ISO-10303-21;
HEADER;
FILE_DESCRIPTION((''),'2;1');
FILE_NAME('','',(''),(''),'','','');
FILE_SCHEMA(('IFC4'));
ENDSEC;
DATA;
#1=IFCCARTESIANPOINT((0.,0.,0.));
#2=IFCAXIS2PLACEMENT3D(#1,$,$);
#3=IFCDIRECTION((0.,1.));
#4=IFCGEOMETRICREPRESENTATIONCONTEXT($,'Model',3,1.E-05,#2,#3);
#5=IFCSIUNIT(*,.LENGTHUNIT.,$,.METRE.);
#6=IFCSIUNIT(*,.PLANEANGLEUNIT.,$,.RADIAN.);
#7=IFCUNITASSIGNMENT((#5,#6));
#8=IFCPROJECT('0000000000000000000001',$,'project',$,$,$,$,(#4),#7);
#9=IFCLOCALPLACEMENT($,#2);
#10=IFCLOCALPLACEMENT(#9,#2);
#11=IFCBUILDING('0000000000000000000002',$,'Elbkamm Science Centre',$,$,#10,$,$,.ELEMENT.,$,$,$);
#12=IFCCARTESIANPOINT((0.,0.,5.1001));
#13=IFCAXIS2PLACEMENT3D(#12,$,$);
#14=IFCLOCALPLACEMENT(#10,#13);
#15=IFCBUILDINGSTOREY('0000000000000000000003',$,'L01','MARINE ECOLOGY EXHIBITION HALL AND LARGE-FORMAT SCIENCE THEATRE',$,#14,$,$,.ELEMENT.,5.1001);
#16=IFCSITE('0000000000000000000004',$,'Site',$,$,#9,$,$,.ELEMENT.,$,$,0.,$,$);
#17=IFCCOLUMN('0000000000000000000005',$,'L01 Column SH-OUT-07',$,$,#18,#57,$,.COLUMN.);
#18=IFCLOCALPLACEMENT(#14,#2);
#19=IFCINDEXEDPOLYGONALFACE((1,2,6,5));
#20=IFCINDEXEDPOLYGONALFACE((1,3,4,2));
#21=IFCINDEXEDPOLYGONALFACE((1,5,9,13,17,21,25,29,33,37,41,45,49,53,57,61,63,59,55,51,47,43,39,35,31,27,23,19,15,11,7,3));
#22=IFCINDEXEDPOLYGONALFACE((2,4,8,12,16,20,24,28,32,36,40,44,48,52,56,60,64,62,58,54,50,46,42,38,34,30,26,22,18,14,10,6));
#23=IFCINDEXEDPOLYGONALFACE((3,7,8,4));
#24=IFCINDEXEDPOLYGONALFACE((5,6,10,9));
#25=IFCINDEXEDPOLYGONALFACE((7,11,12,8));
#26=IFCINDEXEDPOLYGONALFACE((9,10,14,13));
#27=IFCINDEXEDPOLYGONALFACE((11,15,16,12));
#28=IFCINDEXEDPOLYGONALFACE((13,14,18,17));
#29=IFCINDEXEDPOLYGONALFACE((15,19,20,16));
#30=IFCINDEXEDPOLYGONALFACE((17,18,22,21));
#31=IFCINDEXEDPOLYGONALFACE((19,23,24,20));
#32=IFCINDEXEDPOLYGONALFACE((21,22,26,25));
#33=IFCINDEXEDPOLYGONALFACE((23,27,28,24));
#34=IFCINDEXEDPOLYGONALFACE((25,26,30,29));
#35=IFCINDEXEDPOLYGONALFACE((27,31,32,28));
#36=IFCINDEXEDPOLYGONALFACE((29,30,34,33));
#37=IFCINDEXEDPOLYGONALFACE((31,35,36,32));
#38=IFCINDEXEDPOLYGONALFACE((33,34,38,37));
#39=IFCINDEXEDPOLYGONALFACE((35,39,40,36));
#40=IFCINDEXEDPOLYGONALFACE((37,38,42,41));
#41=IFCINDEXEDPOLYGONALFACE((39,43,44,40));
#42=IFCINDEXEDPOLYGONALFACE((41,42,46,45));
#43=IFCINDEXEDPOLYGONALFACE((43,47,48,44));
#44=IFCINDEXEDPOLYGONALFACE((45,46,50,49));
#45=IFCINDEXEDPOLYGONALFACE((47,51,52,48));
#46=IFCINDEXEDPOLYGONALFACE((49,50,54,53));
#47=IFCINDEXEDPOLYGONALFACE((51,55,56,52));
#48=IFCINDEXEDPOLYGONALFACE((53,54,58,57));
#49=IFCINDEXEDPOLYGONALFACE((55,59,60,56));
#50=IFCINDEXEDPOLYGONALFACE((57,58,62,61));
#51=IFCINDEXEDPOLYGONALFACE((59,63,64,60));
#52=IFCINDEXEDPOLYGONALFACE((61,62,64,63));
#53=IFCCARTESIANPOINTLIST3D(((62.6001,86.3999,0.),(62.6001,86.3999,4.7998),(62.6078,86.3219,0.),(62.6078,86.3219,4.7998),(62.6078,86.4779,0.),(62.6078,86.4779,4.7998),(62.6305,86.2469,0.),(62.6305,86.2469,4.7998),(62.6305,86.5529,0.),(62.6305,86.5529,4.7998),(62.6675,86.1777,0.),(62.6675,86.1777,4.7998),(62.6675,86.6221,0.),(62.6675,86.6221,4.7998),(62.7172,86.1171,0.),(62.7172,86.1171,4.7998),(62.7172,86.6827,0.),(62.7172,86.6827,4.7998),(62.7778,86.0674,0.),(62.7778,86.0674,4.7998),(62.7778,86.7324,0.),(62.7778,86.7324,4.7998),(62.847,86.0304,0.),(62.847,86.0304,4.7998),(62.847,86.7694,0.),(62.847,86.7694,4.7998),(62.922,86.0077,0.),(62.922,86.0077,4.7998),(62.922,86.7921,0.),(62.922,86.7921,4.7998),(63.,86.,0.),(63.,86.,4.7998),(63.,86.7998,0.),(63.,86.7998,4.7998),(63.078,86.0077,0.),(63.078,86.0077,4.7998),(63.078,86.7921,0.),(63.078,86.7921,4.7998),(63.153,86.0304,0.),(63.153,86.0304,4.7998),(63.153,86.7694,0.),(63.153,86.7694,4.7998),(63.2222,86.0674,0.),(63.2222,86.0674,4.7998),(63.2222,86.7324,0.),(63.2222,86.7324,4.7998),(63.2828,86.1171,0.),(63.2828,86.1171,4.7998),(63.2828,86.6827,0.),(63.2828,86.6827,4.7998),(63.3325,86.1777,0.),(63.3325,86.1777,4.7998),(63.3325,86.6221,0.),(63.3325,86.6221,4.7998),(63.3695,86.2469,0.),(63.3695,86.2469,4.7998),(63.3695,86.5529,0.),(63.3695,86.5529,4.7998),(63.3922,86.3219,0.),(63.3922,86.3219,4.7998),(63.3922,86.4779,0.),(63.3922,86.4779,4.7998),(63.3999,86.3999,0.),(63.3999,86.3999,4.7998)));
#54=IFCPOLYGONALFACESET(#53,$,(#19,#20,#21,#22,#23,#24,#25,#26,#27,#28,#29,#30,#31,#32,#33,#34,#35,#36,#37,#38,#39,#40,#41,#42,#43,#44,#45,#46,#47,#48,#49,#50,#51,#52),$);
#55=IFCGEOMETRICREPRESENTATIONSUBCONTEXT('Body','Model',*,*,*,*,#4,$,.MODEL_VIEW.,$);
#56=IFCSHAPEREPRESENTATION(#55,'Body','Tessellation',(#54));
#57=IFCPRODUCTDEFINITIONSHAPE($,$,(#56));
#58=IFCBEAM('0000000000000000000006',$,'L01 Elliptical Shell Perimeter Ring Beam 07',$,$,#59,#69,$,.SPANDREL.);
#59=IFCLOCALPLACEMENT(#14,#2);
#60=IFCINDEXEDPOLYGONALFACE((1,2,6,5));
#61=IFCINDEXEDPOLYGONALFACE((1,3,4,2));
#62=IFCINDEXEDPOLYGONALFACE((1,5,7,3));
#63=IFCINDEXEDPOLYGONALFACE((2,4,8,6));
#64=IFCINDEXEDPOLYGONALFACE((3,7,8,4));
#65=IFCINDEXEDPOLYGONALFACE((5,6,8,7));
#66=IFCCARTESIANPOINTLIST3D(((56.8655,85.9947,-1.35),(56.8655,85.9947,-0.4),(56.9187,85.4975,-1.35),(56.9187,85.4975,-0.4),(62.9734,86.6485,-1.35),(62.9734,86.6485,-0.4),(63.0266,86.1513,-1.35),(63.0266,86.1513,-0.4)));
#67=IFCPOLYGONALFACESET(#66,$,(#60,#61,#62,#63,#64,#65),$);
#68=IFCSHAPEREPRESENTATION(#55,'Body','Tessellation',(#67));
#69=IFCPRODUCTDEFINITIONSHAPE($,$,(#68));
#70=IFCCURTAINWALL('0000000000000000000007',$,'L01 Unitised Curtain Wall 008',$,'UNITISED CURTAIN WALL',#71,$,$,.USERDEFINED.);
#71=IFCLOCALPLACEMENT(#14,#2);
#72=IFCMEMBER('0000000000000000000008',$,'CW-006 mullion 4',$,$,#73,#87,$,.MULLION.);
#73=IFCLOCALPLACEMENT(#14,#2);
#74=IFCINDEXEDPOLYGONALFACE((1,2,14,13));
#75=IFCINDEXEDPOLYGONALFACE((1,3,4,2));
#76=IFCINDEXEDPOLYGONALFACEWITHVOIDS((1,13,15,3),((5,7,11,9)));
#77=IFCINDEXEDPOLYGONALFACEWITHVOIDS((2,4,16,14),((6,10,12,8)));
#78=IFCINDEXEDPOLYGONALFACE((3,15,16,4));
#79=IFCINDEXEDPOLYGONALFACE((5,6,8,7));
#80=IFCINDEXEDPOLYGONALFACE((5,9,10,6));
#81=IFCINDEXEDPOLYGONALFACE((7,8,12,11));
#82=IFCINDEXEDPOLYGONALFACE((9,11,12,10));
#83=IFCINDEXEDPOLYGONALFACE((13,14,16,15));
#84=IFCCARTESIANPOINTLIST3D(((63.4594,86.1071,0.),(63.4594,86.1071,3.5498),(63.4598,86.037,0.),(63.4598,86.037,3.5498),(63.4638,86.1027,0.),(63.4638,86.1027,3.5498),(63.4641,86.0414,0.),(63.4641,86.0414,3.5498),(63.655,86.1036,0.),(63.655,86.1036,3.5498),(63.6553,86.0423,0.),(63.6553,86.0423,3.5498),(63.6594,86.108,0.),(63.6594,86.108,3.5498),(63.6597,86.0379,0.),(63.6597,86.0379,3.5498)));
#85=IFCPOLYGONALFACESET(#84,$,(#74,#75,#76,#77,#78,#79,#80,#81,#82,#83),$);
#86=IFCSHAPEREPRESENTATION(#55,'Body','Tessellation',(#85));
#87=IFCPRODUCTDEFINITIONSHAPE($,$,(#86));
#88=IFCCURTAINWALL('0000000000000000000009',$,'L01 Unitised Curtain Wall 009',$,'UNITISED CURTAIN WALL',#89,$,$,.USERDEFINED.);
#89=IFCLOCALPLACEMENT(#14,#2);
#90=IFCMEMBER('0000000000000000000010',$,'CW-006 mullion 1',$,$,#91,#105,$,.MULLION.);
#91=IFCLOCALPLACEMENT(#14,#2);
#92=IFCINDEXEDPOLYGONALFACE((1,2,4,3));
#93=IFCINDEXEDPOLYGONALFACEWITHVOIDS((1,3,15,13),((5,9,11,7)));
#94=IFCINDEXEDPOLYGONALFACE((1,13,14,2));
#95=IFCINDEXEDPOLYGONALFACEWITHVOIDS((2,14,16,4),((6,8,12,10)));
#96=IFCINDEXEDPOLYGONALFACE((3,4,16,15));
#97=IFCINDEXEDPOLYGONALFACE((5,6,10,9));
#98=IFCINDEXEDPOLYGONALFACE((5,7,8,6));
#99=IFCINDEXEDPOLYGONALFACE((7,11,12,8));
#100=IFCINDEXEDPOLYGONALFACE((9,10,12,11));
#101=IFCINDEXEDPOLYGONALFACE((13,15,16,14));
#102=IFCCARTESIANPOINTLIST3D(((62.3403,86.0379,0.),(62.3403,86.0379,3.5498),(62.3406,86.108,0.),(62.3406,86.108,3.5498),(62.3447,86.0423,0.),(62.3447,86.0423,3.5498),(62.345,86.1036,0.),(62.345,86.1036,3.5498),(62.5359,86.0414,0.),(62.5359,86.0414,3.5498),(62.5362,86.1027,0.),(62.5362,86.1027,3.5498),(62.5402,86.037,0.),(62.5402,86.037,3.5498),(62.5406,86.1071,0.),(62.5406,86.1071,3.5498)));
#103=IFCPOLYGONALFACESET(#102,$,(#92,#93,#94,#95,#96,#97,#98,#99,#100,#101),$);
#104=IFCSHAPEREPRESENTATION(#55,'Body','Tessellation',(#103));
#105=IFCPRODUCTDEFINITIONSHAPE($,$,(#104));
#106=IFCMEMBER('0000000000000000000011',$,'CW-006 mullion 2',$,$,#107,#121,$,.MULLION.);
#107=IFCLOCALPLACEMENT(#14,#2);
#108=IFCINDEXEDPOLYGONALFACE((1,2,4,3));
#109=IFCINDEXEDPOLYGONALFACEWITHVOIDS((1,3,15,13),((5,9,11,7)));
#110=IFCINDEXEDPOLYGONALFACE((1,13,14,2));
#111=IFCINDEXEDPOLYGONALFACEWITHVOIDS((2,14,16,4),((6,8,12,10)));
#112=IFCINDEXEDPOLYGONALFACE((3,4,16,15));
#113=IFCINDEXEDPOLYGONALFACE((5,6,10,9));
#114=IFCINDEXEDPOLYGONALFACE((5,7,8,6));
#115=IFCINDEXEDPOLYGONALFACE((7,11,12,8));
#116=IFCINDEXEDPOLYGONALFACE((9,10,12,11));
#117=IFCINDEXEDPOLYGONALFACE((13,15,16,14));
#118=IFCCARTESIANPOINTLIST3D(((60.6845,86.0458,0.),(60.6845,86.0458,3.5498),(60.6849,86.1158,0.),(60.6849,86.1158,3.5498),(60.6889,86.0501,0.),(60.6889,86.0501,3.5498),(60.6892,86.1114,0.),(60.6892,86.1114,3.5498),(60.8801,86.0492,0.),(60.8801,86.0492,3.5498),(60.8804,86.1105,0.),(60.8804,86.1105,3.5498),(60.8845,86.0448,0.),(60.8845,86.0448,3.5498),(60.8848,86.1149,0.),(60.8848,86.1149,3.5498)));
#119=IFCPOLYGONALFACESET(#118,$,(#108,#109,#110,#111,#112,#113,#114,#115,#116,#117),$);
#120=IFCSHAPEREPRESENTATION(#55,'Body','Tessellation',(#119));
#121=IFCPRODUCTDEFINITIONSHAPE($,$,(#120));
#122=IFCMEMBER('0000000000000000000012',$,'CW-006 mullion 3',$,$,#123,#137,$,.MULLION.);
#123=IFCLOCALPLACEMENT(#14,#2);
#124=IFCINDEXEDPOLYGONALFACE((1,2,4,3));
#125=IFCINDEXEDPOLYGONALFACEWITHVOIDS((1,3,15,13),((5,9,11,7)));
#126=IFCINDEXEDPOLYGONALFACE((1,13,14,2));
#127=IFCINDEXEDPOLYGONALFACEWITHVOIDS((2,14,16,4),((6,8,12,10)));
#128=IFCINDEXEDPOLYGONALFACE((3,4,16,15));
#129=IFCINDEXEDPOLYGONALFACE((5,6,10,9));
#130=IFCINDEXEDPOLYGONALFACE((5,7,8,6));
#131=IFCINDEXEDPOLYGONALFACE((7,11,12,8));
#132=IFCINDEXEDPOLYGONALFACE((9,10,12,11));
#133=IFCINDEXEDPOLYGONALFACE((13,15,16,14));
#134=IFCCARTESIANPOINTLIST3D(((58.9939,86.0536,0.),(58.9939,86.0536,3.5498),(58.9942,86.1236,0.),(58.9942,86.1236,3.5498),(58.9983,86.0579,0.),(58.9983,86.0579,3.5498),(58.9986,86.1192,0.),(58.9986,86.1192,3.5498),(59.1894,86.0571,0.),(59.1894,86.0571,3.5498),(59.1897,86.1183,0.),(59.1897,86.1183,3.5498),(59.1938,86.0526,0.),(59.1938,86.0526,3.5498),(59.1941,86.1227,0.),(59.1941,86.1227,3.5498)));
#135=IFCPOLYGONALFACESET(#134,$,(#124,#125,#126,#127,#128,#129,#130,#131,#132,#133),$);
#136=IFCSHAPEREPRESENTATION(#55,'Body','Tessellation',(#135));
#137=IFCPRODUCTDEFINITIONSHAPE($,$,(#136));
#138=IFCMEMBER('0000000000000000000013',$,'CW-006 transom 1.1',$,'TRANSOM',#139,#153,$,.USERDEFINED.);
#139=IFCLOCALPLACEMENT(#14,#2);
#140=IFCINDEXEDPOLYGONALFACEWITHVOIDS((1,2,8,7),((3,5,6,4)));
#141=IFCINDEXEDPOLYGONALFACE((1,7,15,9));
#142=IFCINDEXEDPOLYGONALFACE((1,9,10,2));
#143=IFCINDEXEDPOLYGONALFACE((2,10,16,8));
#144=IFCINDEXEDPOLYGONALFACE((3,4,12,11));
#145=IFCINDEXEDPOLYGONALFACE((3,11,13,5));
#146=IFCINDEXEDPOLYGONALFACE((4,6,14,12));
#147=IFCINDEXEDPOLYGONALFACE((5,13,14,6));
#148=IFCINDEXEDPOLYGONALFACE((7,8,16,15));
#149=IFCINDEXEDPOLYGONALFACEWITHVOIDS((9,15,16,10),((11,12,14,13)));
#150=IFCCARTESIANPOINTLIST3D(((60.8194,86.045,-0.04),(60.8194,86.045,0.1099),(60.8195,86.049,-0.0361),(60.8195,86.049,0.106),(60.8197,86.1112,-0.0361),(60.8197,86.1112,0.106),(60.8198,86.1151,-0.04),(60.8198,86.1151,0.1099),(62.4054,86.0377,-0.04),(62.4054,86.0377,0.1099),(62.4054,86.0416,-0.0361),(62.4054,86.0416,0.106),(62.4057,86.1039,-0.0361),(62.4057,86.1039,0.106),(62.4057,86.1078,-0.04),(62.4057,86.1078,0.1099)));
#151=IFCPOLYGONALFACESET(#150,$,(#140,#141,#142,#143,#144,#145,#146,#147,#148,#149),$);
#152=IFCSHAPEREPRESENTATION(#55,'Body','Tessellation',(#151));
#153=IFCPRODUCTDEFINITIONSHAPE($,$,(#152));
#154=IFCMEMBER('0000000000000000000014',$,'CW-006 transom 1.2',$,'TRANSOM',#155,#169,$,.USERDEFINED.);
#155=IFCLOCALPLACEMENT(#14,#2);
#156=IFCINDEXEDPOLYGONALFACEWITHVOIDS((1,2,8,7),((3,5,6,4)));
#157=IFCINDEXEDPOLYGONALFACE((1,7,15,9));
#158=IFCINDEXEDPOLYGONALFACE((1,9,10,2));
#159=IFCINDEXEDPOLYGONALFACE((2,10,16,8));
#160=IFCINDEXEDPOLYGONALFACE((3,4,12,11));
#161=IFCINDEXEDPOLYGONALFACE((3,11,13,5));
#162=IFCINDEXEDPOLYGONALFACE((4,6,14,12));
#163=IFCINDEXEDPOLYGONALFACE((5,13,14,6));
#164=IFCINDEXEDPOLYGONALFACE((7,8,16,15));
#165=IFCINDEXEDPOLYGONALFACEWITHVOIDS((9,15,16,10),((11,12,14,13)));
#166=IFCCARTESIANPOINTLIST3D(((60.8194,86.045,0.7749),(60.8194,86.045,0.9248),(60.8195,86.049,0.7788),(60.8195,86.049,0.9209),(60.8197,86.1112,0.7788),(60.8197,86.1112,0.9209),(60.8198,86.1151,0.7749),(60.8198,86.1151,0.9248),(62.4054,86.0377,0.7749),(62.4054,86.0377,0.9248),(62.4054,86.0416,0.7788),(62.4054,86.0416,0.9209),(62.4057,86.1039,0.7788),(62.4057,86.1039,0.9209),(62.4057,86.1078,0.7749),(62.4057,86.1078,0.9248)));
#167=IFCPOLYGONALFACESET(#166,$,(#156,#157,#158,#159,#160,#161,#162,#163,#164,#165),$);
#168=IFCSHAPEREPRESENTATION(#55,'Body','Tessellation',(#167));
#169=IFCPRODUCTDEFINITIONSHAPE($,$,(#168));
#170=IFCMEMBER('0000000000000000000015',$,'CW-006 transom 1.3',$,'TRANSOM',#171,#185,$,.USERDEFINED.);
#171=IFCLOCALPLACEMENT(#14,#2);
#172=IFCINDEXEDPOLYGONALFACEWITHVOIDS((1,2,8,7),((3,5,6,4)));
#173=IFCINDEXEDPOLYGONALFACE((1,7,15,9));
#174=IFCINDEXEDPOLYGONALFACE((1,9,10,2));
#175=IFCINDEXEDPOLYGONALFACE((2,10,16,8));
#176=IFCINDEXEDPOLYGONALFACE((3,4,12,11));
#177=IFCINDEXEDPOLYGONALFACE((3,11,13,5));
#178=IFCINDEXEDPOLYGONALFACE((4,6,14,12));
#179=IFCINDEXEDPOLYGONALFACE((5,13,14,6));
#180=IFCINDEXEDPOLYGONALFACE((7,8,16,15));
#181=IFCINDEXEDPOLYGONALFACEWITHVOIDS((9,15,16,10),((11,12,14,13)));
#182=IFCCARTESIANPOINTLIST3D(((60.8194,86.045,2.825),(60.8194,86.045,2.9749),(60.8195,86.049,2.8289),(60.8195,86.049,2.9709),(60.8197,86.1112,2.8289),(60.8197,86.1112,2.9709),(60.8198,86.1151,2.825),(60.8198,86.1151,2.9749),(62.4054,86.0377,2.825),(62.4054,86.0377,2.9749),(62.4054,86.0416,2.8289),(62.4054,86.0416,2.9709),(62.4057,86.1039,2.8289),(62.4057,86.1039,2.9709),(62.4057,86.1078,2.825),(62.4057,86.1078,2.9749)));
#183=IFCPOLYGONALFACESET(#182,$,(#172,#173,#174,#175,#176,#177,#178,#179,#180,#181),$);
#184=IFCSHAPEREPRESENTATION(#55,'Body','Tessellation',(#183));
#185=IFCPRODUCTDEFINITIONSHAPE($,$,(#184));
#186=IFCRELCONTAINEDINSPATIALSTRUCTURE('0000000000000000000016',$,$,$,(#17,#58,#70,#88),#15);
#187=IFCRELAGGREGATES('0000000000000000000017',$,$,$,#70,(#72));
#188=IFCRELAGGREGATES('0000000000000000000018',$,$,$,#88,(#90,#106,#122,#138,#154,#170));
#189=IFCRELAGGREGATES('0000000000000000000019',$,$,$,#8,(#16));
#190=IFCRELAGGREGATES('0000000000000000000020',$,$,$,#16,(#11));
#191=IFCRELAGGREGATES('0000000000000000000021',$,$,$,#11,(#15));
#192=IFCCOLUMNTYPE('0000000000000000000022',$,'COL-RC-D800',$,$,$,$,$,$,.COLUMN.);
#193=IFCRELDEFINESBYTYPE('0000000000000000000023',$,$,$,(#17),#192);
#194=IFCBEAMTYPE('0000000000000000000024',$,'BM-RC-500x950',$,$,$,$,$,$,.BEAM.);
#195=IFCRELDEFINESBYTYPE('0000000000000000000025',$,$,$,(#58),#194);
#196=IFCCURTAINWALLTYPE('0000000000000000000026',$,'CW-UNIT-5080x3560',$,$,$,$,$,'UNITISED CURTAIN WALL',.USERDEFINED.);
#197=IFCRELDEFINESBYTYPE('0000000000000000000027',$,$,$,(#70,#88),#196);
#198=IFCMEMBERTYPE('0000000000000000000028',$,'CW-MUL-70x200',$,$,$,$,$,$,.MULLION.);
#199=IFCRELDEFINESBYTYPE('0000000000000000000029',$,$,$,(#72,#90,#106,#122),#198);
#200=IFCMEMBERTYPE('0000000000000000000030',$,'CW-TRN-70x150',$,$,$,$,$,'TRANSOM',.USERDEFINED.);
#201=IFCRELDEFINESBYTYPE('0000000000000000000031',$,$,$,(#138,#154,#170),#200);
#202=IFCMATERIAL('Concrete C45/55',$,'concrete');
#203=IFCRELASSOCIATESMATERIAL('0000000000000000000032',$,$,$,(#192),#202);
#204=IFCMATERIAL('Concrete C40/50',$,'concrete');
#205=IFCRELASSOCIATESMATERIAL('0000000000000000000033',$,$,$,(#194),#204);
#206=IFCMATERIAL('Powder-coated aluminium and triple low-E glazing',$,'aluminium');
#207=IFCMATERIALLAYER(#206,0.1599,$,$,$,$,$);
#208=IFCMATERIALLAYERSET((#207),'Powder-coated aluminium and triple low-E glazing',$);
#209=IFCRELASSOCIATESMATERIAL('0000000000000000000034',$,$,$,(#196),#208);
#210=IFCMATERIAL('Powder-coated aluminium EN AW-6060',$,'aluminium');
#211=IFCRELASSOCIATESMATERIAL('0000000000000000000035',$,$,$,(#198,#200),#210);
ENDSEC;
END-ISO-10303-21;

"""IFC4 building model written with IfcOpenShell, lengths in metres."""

from ifc_helpers import new_model, si_unit, direction, frame, origin, origin_2d, place, context, subcontext, project, spatial, rectangle, hollow_rectangle, circle, extrude, material, layer, layer_set, material_profile, profile_set, type_object, element, aggregate, save


model = new_model("IFC4")

# Units and contexts
model_context = context("Model", 3, precision=1e-05, world=origin(), true_north=direction((0.0, 1.0)))
body_context = subcontext(model_context, "Body", "Model", "MODEL_VIEW")
ifc_project = project(units=[si_unit("LENGTHUNIT", "METRE"), si_unit("PLANEANGLEUNIT", "RADIAN")], contexts=[model_context])

# Site, building, storey
site_placement = place(None, origin())
site = spatial("IfcSite", under=ifc_project, at=site_placement, Name="Site", CompositionType="ELEMENT", RefElevation=0.0)
building_placement = place(site_placement, origin())
building = spatial("IfcBuilding", under=site, at=building_placement, Name="Elbkamm Science Centre", CompositionType="ELEMENT")
storey_placement = place(building_placement, frame((0.0, 0.0, 5.1001)))
storey = spatial("IfcBuildingStorey", under=building, at=storey_placement, Name="L01", Description="MARINE ECOLOGY EXHIBITION HALL AND LARGE-FORMAT SCIENCE THEATRE", CompositionType="ELEMENT", Elevation=5.1001)

# Column
ifc_material_1 = material(Name="Concrete C45/55", Category="concrete")
ifc_material_profile_1 = material_profile(ifc_material_1, circle(Radius=0.3999, at=origin_2d()), Name="RC D800")
ifc_profile_set_1 = profile_set([ifc_material_profile_1], Name="Concrete C45/55")
column_type = type_object("IfcColumnType", Name="COL-RC-D800", PredefinedType="COLUMN", material=ifc_profile_set_1)
column_placement = place(storey_placement, frame((63.0, 86.3999, 0.0), z_axis=(0.0, 0.0, 1.0), x_axis=(1.0, 0.0, 0.0)))
element("IfcColumn", 1, at=column_placement, inside=storey, type_object=column_type, Name="L01 Column SH-OUT-07", PredefinedType="COLUMN", context=body_context, shape_type="SweptSolid", body=[
    extrude(circle(Radius=0.3999, at=origin_2d()), origin(), (0.0, 0.0, 1.0), 4.7998),
])

# Beam
ifc_material_2 = material(Name="Concrete C40/50", Category="concrete")
ifc_material_profile_2 = material_profile(ifc_material_2, rectangle(XDim=0.5, YDim=0.95, at=origin_2d()), Name="RC 500x950")
ifc_profile_set_2 = profile_set([ifc_material_profile_2], Name="Concrete C40/50")
beam_type = type_object("IfcBeamType", Name="BM-RC-500x950", PredefinedType="BEAM", material=ifc_profile_set_2)
beam_placement = place(storey_placement, frame((63.0, 86.3999, -0.875), z_axis=(-0.99432, -0.106435, 0.0), x_axis=(0.106435, -0.99432, 0.0)))
element("IfcBeam", 2, at=beam_placement, inside=storey, type_object=beam_type, Name="L01 Elliptical Shell Perimeter Ring Beam 07", PredefinedType="SPANDREL", context=body_context, shape_type="SweptSolid", body=[
    extrude(rectangle(XDim=0.5, YDim=0.95, at=origin_2d()), origin(), (0.0, 0.0, 1.0), 6.1428),
])

# Curtain wall, member
ifc_material_3 = material(Name="Powder-coated aluminium and triple low-E glazing", Category="aluminium")
ifc_layer_1 = layer(ifc_material_3, 0.1599)
ifc_layer_set_1 = layer_set([ifc_layer_1], Name="Powder-coated aluminium and triple low-E glazing")
curtain_wall_type = type_object("IfcCurtainWallType", Name="CW-UNIT-5080x3560", ElementType="UNITISED CURTAIN WALL", PredefinedType="USERDEFINED", material=ifc_layer_set_1)
curtain_wall_1_placement = place(storey_placement, origin())
curtain_wall_1 = element("IfcCurtainWall", 3, at=curtain_wall_1_placement, inside=storey, type_object=curtain_wall_type, Name="L01 Unitised Curtain Wall 008", ObjectType="UNITISED CURTAIN WALL", PredefinedType="USERDEFINED")
ifc_material_4 = material(Name="Powder-coated aluminium EN AW-6060", Category="aluminium")
ifc_material_profile_3 = material_profile(ifc_material_4, hollow_rectangle(XDim=0.0701, YDim=0.2, WallThickness=0.0044, at=origin_2d()), Name="ALU M70x200")
ifc_profile_set_3 = profile_set([ifc_material_profile_3], Name="Powder-coated aluminium EN AW-6060")
member_type_1 = type_object("IfcMemberType", Name="CW-MUL-70x200", PredefinedType="MULLION", material=ifc_profile_set_3)
member_1_placement = place(storey_placement, frame((63.5596, 86.0725, 0.0), z_axis=(0.0, 0.0, 1.0), x_axis=(0.004633, -0.999989, 0.0)))
member_1 = element("IfcMember", 4, at=member_1_placement, type_object=member_type_1, Name="CW-006 mullion 4", PredefinedType="MULLION", context=body_context, shape_type="SweptSolid", body=[
    extrude(hollow_rectangle(XDim=0.0701, YDim=0.2, WallThickness=0.0044, at=origin_2d()), origin(), (0.0, 0.0, 1.0), 3.5498),
])

# Curtain wall, members
curtain_wall_2_placement = place(storey_placement, origin())
curtain_wall_2 = element("IfcCurtainWall", 5, at=curtain_wall_2_placement, inside=storey, type_object=curtain_wall_type, Name="L01 Unitised Curtain Wall 009", ObjectType="UNITISED CURTAIN WALL", PredefinedType="USERDEFINED")
member_2_placement = place(storey_placement, frame((62.4404, 86.0725, 0.0), z_axis=(0.0, 0.0, 1.0), x_axis=(-0.004633, -0.999989, 0.0)))
member_2 = element("IfcMember", 6, at=member_2_placement, type_object=member_type_1, Name="CW-006 mullion 1", PredefinedType="MULLION", context=body_context, shape_type="SweptSolid", body=[
    extrude(hollow_rectangle(XDim=0.0701, YDim=0.2, WallThickness=0.0044, at=origin_2d()), origin(), (0.0, 0.0, 1.0), 3.5498),
])
member_3_placement = place(storey_placement, frame((60.7847, 86.0803, 0.0), z_axis=(0.0, 0.0, 1.0), x_axis=(-0.004633, -0.999989, 0.0)))
member_3 = element("IfcMember", 7, at=member_3_placement, type_object=member_type_1, Name="CW-006 mullion 2", PredefinedType="MULLION", context=body_context, shape_type="SweptSolid", body=[
    extrude(hollow_rectangle(XDim=0.0701, YDim=0.2, WallThickness=0.0044, at=origin_2d()), origin(), (0.0, 0.0, 1.0), 3.5498),
])
member_4_placement = place(storey_placement, frame((59.094, 86.0881, 0.0), z_axis=(0.0, 0.0, 1.0), x_axis=(-0.004633, -0.999989, 0.0)))
member_4 = element("IfcMember", 8, at=member_4_placement, type_object=member_type_1, Name="CW-006 mullion 3", PredefinedType="MULLION", context=body_context, shape_type="SweptSolid", body=[
    extrude(hollow_rectangle(XDim=0.0701, YDim=0.2, WallThickness=0.0044, at=origin_2d()), origin(), (0.0, 0.0, 1.0), 3.5498),
])
ifc_material_profile_4 = material_profile(ifc_material_4, hollow_rectangle(XDim=0.0701, YDim=0.1499, WallThickness=0.0039, at=origin_2d()), Name="ALU T70x150")
ifc_profile_set_4 = profile_set([ifc_material_profile_4], Name="Powder-coated aluminium EN AW-6060")
member_type_2 = type_object("IfcMemberType", Name="CW-TRN-70x150", ElementType="TRANSOM", PredefinedType="USERDEFINED", material=ifc_profile_set_4)
member_5_placement = place(storey_placement, frame((62.4055, 86.0728, 0.0349), z_axis=(-0.999989, 0.004618, 0.0), x_axis=(-0.004618, -0.999989, 0.0)))
member_5 = element("IfcMember", 9, at=member_5_placement, type_object=member_type_2, Name="CW-006 transom 1.1", ObjectType="TRANSOM", PredefinedType="USERDEFINED", context=body_context, shape_type="SweptSolid", body=[
    extrude(hollow_rectangle(XDim=0.0701, YDim=0.1499, WallThickness=0.0039, at=origin_2d()), origin(), (0.0, 0.0, 1.0), 1.5859),
])
member_6_placement = place(storey_placement, frame((62.4055, 86.0728, 0.8499), z_axis=(-0.999989, 0.004618, 0.0), x_axis=(-0.004618, -0.999989, 0.0)))
member_6 = element("IfcMember", 10, at=member_6_placement, type_object=member_type_2, Name="CW-006 transom 1.2", ObjectType="TRANSOM", PredefinedType="USERDEFINED", context=body_context, shape_type="SweptSolid", body=[
    extrude(hollow_rectangle(XDim=0.0701, YDim=0.1499, WallThickness=0.0039, at=origin_2d()), origin(), (0.0, 0.0, 1.0), 1.5859),
])
member_7_placement = place(storey_placement, frame((62.4055, 86.0728, 2.8999), z_axis=(-0.999989, 0.004618, 0.0), x_axis=(-0.004618, -0.999989, 0.0)))
member_7 = element("IfcMember", 11, at=member_7_placement, type_object=member_type_2, Name="CW-006 transom 1.3", ObjectType="TRANSOM", PredefinedType="USERDEFINED", context=body_context, shape_type="SweptSolid", body=[
    extrude(hollow_rectangle(XDim=0.0701, YDim=0.1499, WallThickness=0.0039, at=origin_2d()), origin(), (0.0, 0.0, 1.0), 1.5859),
])

aggregate(curtain_wall_1, [member_1])
aggregate(curtain_wall_2, [member_2, member_3, member_4, member_5, member_6, member_7])

save(model, "model.ifc")
